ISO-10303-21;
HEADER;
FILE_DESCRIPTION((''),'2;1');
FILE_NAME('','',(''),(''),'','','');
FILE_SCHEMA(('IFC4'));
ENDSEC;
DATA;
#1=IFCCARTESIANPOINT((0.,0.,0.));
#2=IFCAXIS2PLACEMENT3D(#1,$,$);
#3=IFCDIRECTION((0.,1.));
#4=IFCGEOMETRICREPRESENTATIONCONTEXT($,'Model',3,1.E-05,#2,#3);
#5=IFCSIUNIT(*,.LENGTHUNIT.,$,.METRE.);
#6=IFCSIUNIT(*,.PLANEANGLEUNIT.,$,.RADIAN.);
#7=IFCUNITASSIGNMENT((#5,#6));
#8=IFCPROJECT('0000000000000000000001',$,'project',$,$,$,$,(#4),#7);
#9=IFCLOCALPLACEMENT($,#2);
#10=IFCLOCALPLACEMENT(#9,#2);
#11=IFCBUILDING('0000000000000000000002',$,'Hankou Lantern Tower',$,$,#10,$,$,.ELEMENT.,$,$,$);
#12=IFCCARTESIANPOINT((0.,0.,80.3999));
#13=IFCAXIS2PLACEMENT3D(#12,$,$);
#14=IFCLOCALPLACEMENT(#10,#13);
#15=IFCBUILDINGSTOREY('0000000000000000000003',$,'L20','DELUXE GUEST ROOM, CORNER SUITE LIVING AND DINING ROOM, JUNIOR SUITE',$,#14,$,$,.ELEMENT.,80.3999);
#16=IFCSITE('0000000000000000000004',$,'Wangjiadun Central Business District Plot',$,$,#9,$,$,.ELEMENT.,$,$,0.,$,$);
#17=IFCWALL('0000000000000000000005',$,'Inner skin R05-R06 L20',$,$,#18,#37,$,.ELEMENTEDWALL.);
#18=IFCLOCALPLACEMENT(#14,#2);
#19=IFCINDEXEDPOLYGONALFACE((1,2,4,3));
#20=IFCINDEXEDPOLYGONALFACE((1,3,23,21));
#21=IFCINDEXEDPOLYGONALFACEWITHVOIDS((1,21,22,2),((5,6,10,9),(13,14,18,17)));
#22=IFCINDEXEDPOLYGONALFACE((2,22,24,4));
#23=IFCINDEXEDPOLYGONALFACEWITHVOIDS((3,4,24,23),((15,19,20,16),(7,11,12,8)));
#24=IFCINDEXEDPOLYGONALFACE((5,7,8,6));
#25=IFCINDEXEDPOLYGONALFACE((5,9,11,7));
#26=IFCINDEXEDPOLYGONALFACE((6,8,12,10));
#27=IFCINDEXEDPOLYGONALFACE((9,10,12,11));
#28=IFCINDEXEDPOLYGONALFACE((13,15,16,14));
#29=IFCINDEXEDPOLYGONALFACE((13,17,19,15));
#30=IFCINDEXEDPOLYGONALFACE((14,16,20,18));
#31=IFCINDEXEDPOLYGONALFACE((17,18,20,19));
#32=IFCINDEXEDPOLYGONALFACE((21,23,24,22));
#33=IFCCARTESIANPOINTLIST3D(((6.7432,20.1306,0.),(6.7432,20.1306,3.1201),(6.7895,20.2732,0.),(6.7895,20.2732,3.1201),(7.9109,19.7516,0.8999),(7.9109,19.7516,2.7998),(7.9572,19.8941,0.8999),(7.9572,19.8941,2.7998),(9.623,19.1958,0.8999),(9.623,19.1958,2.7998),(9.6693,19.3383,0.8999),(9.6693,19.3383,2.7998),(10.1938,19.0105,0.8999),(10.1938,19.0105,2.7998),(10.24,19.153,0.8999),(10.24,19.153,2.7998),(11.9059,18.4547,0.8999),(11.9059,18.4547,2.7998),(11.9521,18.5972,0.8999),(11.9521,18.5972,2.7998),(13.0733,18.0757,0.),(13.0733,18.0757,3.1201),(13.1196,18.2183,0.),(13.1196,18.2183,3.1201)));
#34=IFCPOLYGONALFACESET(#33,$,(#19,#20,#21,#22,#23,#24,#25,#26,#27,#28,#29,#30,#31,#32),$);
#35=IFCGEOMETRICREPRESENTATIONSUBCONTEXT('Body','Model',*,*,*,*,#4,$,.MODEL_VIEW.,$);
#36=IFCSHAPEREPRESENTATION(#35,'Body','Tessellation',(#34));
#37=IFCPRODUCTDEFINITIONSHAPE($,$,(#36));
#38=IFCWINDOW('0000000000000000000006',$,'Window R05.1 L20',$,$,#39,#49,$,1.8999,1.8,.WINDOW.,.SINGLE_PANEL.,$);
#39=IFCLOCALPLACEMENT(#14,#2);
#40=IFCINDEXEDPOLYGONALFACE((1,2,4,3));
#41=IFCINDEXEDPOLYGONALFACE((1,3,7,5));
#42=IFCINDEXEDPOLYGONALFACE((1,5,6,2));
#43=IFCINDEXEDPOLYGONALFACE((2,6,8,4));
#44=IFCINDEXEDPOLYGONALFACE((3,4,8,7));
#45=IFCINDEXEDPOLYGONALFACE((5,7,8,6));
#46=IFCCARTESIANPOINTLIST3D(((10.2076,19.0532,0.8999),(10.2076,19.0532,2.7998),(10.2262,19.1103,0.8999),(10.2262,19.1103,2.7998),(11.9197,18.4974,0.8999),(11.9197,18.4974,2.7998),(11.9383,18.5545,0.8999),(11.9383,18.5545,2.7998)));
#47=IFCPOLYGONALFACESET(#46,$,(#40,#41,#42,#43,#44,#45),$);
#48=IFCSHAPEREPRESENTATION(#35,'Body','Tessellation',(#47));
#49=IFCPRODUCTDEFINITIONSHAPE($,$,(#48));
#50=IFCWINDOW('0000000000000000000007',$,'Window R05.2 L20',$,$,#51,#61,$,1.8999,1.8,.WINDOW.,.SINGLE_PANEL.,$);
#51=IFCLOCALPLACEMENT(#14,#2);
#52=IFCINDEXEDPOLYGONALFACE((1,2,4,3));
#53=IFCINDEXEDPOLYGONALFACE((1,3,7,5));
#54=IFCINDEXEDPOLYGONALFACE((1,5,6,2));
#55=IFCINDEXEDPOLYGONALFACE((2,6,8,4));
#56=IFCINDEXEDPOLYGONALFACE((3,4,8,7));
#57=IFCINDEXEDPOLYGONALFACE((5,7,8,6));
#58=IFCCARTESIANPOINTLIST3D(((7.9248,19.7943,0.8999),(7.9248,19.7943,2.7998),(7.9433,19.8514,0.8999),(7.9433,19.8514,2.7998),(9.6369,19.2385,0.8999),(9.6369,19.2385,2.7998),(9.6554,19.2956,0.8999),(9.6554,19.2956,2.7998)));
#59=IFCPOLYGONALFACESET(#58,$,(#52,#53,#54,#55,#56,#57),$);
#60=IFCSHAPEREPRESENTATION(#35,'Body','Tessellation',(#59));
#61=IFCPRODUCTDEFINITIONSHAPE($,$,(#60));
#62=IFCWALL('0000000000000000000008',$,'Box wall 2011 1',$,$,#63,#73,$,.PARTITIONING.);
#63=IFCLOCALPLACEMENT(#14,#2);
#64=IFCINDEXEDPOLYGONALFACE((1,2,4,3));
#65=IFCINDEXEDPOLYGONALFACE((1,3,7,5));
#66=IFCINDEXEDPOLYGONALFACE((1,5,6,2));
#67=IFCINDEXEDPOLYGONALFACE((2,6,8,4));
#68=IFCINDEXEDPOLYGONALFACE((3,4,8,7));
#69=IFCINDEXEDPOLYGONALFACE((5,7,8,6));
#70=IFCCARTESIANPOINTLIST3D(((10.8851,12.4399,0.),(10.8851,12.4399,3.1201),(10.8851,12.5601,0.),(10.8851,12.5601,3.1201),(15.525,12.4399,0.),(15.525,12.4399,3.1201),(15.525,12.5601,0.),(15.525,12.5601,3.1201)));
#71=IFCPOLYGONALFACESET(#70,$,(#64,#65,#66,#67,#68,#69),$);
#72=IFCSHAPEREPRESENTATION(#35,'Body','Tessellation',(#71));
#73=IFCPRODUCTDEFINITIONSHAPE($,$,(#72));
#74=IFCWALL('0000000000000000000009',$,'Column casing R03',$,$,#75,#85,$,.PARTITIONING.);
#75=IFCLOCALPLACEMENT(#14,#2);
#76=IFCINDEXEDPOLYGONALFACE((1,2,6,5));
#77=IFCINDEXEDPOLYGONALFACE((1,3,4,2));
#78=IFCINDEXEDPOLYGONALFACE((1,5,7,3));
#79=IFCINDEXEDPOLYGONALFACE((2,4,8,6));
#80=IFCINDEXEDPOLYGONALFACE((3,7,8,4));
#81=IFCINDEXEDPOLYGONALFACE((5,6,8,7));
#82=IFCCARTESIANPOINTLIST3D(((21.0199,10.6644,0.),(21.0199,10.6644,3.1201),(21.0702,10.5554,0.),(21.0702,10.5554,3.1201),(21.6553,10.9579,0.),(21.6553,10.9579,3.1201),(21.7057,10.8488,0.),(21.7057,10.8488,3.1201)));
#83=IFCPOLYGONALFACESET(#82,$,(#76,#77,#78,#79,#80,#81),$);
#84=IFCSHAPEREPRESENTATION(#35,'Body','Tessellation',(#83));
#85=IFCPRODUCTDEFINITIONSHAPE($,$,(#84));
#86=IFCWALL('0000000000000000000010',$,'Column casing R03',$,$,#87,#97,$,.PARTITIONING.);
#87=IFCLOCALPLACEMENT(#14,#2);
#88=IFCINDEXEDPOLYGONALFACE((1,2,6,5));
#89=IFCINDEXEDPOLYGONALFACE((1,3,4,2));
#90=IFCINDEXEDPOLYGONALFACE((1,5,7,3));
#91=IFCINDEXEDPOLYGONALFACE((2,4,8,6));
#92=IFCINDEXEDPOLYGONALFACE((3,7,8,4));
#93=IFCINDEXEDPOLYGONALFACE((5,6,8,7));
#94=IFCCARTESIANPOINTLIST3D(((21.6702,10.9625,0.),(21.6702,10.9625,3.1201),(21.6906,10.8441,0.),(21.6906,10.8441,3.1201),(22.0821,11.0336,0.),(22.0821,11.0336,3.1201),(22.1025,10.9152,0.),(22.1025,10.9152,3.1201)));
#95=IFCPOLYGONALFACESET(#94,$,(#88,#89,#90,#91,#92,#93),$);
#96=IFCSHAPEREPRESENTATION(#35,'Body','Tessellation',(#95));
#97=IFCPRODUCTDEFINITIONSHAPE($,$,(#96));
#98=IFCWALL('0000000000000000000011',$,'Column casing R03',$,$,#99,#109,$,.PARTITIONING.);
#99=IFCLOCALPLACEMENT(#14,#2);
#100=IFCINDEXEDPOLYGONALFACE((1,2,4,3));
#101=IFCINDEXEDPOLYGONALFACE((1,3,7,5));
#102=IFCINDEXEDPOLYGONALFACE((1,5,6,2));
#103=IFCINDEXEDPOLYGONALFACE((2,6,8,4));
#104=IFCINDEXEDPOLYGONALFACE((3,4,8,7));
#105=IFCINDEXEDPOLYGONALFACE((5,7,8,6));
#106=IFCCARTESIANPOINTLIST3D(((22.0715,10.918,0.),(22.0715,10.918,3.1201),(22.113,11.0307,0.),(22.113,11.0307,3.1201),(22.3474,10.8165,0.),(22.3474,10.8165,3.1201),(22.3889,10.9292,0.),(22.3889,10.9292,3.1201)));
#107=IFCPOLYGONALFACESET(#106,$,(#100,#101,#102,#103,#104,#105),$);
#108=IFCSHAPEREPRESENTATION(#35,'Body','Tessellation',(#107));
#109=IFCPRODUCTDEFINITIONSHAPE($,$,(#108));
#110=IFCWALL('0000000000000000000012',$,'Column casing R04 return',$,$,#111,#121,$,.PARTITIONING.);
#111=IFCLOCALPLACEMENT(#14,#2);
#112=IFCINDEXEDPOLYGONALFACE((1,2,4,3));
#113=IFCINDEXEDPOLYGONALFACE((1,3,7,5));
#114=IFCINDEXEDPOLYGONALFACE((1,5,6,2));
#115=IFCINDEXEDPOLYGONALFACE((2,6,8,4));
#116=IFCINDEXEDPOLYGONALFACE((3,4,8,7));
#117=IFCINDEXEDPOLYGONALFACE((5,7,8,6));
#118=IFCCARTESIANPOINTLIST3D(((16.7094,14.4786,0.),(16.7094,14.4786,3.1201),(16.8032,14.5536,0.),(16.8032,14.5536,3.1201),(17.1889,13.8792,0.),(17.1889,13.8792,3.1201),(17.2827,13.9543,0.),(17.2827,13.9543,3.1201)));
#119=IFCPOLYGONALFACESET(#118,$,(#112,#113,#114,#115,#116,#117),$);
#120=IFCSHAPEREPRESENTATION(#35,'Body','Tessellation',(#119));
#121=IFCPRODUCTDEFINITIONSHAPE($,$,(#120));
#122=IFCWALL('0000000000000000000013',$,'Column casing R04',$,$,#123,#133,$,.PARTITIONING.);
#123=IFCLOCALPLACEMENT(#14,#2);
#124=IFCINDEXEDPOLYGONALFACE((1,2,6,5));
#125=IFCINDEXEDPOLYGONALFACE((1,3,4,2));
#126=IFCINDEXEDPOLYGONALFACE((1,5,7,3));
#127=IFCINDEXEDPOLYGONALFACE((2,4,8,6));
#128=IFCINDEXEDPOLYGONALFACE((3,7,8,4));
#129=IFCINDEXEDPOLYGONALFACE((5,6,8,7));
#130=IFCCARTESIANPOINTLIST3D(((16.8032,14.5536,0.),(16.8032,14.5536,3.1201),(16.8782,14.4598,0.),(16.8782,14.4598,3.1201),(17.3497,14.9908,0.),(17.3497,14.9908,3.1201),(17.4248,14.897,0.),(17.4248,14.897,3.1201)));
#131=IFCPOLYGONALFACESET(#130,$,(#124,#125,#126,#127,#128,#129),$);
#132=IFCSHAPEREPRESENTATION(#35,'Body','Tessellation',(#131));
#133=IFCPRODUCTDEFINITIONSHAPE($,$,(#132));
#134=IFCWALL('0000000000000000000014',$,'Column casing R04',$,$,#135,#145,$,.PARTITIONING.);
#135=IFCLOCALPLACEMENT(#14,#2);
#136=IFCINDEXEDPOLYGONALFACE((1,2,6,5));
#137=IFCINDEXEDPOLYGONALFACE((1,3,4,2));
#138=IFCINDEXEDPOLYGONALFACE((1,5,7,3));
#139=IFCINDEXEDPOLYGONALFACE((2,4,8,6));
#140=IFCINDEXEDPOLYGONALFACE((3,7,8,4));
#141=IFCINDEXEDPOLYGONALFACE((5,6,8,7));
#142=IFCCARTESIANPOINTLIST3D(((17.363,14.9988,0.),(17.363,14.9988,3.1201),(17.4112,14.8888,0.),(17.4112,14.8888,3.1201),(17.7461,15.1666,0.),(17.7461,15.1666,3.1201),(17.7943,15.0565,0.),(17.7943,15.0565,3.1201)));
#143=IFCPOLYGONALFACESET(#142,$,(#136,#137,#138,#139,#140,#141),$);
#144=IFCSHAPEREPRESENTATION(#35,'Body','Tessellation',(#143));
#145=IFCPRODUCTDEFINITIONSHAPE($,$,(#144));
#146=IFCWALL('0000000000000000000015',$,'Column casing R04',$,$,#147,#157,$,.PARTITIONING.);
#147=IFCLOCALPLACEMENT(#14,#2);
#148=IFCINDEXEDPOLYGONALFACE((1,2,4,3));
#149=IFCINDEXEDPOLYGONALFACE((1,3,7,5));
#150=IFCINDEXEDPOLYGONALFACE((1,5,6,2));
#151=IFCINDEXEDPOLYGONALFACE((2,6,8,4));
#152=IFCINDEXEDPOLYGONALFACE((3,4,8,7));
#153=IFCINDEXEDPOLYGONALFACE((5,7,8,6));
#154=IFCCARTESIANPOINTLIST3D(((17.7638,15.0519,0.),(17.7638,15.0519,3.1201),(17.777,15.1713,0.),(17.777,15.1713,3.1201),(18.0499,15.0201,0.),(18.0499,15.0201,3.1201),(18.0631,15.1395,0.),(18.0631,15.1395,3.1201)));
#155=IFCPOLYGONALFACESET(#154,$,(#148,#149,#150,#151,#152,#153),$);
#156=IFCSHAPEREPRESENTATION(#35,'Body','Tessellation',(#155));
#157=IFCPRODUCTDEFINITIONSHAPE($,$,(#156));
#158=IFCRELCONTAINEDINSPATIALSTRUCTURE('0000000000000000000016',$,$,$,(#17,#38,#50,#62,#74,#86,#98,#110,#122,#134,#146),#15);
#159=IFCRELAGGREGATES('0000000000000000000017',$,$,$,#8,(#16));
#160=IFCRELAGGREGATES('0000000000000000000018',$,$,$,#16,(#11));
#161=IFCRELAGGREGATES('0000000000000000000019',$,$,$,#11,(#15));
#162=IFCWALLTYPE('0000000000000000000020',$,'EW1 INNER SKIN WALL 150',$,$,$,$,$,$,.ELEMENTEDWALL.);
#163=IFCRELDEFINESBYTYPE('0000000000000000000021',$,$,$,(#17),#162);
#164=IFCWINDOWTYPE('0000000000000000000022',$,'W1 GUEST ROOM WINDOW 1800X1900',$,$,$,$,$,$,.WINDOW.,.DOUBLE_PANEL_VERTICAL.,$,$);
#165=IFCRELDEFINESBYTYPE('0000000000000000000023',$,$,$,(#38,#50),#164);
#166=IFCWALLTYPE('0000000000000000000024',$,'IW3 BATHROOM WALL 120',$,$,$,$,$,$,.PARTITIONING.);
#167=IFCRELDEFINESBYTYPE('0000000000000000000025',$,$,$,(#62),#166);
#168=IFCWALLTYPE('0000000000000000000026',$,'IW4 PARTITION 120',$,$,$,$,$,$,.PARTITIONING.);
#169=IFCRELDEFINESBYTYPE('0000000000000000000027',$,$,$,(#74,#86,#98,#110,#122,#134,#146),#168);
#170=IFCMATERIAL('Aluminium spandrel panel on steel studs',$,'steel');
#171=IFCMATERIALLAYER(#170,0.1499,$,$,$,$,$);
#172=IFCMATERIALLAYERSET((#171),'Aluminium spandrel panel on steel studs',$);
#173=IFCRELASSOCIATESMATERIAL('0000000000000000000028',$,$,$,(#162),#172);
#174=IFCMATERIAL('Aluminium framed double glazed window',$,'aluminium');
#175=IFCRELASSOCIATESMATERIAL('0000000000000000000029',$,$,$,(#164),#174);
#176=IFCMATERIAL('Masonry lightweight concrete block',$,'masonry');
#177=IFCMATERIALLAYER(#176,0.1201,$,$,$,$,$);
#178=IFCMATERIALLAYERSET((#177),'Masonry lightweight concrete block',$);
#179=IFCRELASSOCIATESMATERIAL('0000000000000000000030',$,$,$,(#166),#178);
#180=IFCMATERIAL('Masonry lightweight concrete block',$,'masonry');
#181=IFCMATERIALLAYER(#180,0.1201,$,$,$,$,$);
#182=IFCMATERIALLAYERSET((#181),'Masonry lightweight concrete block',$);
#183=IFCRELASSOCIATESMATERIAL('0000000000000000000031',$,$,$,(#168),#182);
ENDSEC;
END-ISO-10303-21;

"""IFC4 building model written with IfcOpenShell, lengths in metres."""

from ifc_helpers import new_model, si_unit, direction, frame, frame_2d, origin, place, context, subcontext, project, spatial, rectangle, extrude, material, layer, layer_set, type_object, element, fill, save


model = new_model("IFC4")

# Units and contexts
model_context = context("Model", 3, precision=1e-05, world=origin(), true_north=direction((0.0, 1.0)))
body_context = subcontext(model_context, "Body", "Model", "MODEL_VIEW")
ifc_project = project(units=[si_unit("LENGTHUNIT", "METRE"), si_unit("PLANEANGLEUNIT", "RADIAN")], contexts=[model_context])

# Site, building, storey
site_placement = place(None, origin())
site = spatial("IfcSite", under=ifc_project, at=site_placement, Name="Wangjiadun Central Business District Plot", CompositionType="ELEMENT", RefElevation=0.0)
building_placement = place(site_placement, origin())
building = spatial("IfcBuilding", under=site, at=building_placement, Name="Hankou Lantern Tower", CompositionType="ELEMENT")
storey_placement = place(building_placement, frame((0.0, 0.0, 80.3999)))
storey = spatial("IfcBuildingStorey", under=building, at=storey_placement, Name="L20", Description="DELUXE GUEST ROOM, CORNER SUITE LIVING AND DINING ROOM, JUNIOR SUITE", CompositionType="ELEMENT", Elevation=80.3999)

# Wall, openings, windows
ifc_material_1 = material(Name="Aluminium spandrel panel on steel studs", Category="steel")
ifc_layer_1 = layer(ifc_material_1, 0.1499)
ifc_layer_set_1 = layer_set([ifc_layer_1], Name="Aluminium spandrel panel on steel studs")
wall_type_1 = type_object("IfcWallType", Name="EW1 INNER SKIN WALL 150", PredefinedType="ELEMENTEDWALL", material=ifc_layer_set_1)
ifc_material_2 = material(Name="Aluminium framed double glazed window", Category="aluminium")
window_type = type_object("IfcWindowType", Name="W1 GUEST ROOM WINDOW 1800X1900", PartitioningType="DOUBLE_PANEL_VERTICAL", PredefinedType="WINDOW", material=ifc_material_2)
wall_1_placement = place(storey_placement, frame((13.0964, 18.147, 0.0), z_axis=(0.0, 0.0, 1.0), x_axis=(-0.951138, 0.308768, 0.0)))
wall_1 = element("IfcWall", 1, at=wall_1_placement, inside=storey, type_object=wall_type_1, Name="Inner skin R05-R06 L20", PredefinedType="ELEMENTEDWALL", context=body_context, shape_type="SweptSolid", body=[
    extrude(rectangle(XDim=6.6553, YDim=0.1499, at=frame_2d((3.3276, 0.0))), origin(), (0.0, 0.0, 1.0), 3.1201),
])
opening_1_placement = place(wall_1_placement, frame((1.2275, 0.0, 0.8999)))
opening_1 = element("IfcOpeningElement", 2, at=opening_1_placement, cuts=wall_1, PredefinedType="OPENING", context=body_context, shape_type="SweptSolid", body=[
    extrude(rectangle(XDim=1.8, YDim=1.8999, at=frame_2d((0.8999, 0.95))), frame((0.0, 0.085, 0.0), z_axis=(0.0, -1.0, 0.0), x_axis=(1.0, 0.0, 0.0)), (0.0, 0.0, 1.0), 0.1699),
])
opening_2_placement = place(wall_1_placement, frame((3.6277, 0.0, 0.8999)))
opening_2 = element("IfcOpeningElement", 3, at=opening_2_placement, cuts=wall_1, PredefinedType="OPENING", context=body_context, shape_type="SweptSolid", body=[
    extrude(rectangle(XDim=1.8, YDim=1.8999, at=frame_2d((0.8999, 0.95))), frame((0.0, 0.085, 0.0), z_axis=(0.0, -1.0, 0.0), x_axis=(1.0, 0.0, 0.0)), (0.0, 0.0, 1.0), 0.1699),
])
window_1_placement = place(opening_1_placement, origin())
window_1 = element("IfcWindow", 4, at=window_1_placement, inside=storey, type_object=window_type, Name="Window R05.1 L20", OverallHeight=1.8999, OverallWidth=1.8, PartitioningType="SINGLE_PANEL", PredefinedType="WINDOW", context=body_context, shape_type="SweptSolid", body=[
    extrude(rectangle(XDim=1.8, YDim=1.8999, at=frame_2d((0.8999, 0.95))), frame((0.0, 0.03, 0.0), z_axis=(0.0, -1.0, 0.0), x_axis=(1.0, 0.0, 0.0)), (0.0, 0.0, 1.0), 0.0601),
])
fill(opening_1, window_1)
window_2_placement = place(opening_2_placement, origin())
window_2 = element("IfcWindow", 5, at=window_2_placement, inside=storey, type_object=window_type, Name="Window R05.2 L20", OverallHeight=1.8999, OverallWidth=1.8, PartitioningType="SINGLE_PANEL", PredefinedType="WINDOW", context=body_context, shape_type="SweptSolid", body=[
    extrude(rectangle(XDim=1.8, YDim=1.8999, at=frame_2d((0.8999, 0.95))), frame((0.0, 0.03, 0.0), z_axis=(0.0, -1.0, 0.0), x_axis=(1.0, 0.0, 0.0)), (0.0, 0.0, 1.0), 0.0601),
])
fill(opening_2, window_2)

# Walls
ifc_material_3 = material(Name="Masonry lightweight concrete block", Category="masonry")
ifc_layer_2 = layer(ifc_material_3, 0.1201)
ifc_layer_set_2 = layer_set([ifc_layer_2], Name="Masonry lightweight concrete block")
wall_type_2 = type_object("IfcWallType", Name="IW3 BATHROOM WALL 120", PredefinedType="PARTITIONING", material=ifc_layer_set_2)
wall_2_placement = place(storey_placement, frame((15.5249, 12.5, 0.0), z_axis=(0.0, 0.0, 1.0), x_axis=(-1.0, 0.0, 0.0)))
element("IfcWall", 6, at=wall_2_placement, inside=storey, type_object=wall_type_2, Name="Box wall 2011 1", PredefinedType="PARTITIONING", context=body_context, shape_type="SweptSolid", body=[
    extrude(rectangle(XDim=4.6399, YDim=0.1201, at=frame_2d((2.3198, 0.0))), origin(), (0.0, 0.0, 1.0), 3.1201),
])
ifc_material_4 = material(Name="Masonry lightweight concrete block", Category="masonry")
ifc_layer_3 = layer(ifc_material_4, 0.1201)
ifc_layer_set_3 = layer_set([ifc_layer_3], Name="Masonry lightweight concrete block")
wall_type_3 = type_object("IfcWallType", Name="IW4 PARTITION 120", PredefinedType="PARTITIONING", material=ifc_layer_set_3)
wall_3_placement = place(storey_placement, frame((21.0449, 10.6099, 0.0), z_axis=(0.0, 0.0, 1.0), x_axis=(0.907878, 0.419235, 0.0)))
element("IfcWall", 7, at=wall_3_placement, inside=storey, type_object=wall_type_3, Name="Column casing R03", PredefinedType="PARTITIONING", context=body_context, shape_type="SweptSolid", body=[
    extrude(rectangle(XDim=0.7, YDim=0.1201, at=frame_2d((0.3501, 0.0))), origin(), (0.0, 0.0, 1.0), 3.1201),
])
wall_4_placement = place(storey_placement, frame((21.6804, 10.9033, 0.0), z_axis=(0.0, 0.0, 1.0), x_axis=(0.985447, 0.169985, 0.0)))
element("IfcWall", 8, at=wall_4_placement, inside=storey, type_object=wall_type_3, Name="Column casing R03", PredefinedType="PARTITIONING", context=body_context, shape_type="SweptSolid", body=[
    extrude(rectangle(XDim=0.418, YDim=0.1201, at=frame_2d((0.209, 0.0))), origin(), (0.0, 0.0, 1.0), 3.1201),
])
wall_5_placement = place(storey_placement, frame((22.0923, 10.9744, 0.0), z_axis=(0.0, 0.0, 1.0), x_axis=(0.938428, -0.345474, 0.0)))
element("IfcWall", 9, at=wall_5_placement, inside=storey, type_object=wall_type_3, Name="Column casing R03", PredefinedType="PARTITIONING", context=body_context, shape_type="SweptSolid", body=[
    extrude(rectangle(XDim=0.2939, YDim=0.1201, at=frame_2d((0.147, 0.0))), origin(), (0.0, 0.0, 1.0), 3.1201),
])
wall_6_placement = place(storey_placement, frame((17.2358, 13.9167, 0.0), z_axis=(0.0, 0.0, 1.0), x_axis=(-0.624695, 0.780869, 0.0)))
element("IfcWall", 10, at=wall_6_placement, inside=storey, type_object=wall_type_3, Name="Column casing R04 return", PredefinedType="PARTITIONING", context=body_context, shape_type="SweptSolid", body=[
    extrude(rectangle(XDim=0.7676, YDim=0.1201, at=frame_2d((0.3838, 0.0))), origin(), (0.0, 0.0, 1.0), 3.1201),
])
wall_7_placement = place(storey_placement, frame((16.8406, 14.5066, 0.0), z_axis=(0.0, 0.0, 1.0), x_axis=(0.780903, 0.624653, 0.0)))
element("IfcWall", 11, at=wall_7_placement, inside=storey, type_object=wall_type_3, Name="Column casing R04", PredefinedType="PARTITIONING", context=body_context, shape_type="SweptSolid", body=[
    extrude(rectangle(XDim=0.7, YDim=0.1201, at=frame_2d((0.3501, 0.0))), origin(), (0.0, 0.0, 1.0), 3.1201),
])
wall_8_placement = place(storey_placement, frame((17.3872, 14.9438, 0.0), z_axis=(0.0, 0.0, 1.0), x_axis=(0.916037, 0.401094, 0.0)))
element("IfcWall", 12, at=wall_8_placement, inside=storey, type_object=wall_type_3, Name="Column casing R04", PredefinedType="PARTITIONING", context=body_context, shape_type="SweptSolid", body=[
    extrude(rectangle(XDim=0.4182, YDim=0.1201, at=frame_2d((0.209, 0.0))), origin(), (0.0, 0.0, 1.0), 3.1201),
])
wall_9_placement = place(storey_placement, frame((17.7703, 15.1116, 0.0), z_axis=(0.0, 0.0, 1.0), x_axis=(0.993904, -0.110245, 0.0)))
element("IfcWall", 13, at=wall_9_placement, inside=storey, type_object=wall_type_3, Name="Column casing R04", PredefinedType="PARTITIONING", context=body_context, shape_type="SweptSolid", body=[
    extrude(rectangle(XDim=0.2878, YDim=0.1201, at=frame_2d((0.144, 0.0))), origin(), (0.0, 0.0, 1.0), 3.1201),
])

save(model, "model.ifc")
